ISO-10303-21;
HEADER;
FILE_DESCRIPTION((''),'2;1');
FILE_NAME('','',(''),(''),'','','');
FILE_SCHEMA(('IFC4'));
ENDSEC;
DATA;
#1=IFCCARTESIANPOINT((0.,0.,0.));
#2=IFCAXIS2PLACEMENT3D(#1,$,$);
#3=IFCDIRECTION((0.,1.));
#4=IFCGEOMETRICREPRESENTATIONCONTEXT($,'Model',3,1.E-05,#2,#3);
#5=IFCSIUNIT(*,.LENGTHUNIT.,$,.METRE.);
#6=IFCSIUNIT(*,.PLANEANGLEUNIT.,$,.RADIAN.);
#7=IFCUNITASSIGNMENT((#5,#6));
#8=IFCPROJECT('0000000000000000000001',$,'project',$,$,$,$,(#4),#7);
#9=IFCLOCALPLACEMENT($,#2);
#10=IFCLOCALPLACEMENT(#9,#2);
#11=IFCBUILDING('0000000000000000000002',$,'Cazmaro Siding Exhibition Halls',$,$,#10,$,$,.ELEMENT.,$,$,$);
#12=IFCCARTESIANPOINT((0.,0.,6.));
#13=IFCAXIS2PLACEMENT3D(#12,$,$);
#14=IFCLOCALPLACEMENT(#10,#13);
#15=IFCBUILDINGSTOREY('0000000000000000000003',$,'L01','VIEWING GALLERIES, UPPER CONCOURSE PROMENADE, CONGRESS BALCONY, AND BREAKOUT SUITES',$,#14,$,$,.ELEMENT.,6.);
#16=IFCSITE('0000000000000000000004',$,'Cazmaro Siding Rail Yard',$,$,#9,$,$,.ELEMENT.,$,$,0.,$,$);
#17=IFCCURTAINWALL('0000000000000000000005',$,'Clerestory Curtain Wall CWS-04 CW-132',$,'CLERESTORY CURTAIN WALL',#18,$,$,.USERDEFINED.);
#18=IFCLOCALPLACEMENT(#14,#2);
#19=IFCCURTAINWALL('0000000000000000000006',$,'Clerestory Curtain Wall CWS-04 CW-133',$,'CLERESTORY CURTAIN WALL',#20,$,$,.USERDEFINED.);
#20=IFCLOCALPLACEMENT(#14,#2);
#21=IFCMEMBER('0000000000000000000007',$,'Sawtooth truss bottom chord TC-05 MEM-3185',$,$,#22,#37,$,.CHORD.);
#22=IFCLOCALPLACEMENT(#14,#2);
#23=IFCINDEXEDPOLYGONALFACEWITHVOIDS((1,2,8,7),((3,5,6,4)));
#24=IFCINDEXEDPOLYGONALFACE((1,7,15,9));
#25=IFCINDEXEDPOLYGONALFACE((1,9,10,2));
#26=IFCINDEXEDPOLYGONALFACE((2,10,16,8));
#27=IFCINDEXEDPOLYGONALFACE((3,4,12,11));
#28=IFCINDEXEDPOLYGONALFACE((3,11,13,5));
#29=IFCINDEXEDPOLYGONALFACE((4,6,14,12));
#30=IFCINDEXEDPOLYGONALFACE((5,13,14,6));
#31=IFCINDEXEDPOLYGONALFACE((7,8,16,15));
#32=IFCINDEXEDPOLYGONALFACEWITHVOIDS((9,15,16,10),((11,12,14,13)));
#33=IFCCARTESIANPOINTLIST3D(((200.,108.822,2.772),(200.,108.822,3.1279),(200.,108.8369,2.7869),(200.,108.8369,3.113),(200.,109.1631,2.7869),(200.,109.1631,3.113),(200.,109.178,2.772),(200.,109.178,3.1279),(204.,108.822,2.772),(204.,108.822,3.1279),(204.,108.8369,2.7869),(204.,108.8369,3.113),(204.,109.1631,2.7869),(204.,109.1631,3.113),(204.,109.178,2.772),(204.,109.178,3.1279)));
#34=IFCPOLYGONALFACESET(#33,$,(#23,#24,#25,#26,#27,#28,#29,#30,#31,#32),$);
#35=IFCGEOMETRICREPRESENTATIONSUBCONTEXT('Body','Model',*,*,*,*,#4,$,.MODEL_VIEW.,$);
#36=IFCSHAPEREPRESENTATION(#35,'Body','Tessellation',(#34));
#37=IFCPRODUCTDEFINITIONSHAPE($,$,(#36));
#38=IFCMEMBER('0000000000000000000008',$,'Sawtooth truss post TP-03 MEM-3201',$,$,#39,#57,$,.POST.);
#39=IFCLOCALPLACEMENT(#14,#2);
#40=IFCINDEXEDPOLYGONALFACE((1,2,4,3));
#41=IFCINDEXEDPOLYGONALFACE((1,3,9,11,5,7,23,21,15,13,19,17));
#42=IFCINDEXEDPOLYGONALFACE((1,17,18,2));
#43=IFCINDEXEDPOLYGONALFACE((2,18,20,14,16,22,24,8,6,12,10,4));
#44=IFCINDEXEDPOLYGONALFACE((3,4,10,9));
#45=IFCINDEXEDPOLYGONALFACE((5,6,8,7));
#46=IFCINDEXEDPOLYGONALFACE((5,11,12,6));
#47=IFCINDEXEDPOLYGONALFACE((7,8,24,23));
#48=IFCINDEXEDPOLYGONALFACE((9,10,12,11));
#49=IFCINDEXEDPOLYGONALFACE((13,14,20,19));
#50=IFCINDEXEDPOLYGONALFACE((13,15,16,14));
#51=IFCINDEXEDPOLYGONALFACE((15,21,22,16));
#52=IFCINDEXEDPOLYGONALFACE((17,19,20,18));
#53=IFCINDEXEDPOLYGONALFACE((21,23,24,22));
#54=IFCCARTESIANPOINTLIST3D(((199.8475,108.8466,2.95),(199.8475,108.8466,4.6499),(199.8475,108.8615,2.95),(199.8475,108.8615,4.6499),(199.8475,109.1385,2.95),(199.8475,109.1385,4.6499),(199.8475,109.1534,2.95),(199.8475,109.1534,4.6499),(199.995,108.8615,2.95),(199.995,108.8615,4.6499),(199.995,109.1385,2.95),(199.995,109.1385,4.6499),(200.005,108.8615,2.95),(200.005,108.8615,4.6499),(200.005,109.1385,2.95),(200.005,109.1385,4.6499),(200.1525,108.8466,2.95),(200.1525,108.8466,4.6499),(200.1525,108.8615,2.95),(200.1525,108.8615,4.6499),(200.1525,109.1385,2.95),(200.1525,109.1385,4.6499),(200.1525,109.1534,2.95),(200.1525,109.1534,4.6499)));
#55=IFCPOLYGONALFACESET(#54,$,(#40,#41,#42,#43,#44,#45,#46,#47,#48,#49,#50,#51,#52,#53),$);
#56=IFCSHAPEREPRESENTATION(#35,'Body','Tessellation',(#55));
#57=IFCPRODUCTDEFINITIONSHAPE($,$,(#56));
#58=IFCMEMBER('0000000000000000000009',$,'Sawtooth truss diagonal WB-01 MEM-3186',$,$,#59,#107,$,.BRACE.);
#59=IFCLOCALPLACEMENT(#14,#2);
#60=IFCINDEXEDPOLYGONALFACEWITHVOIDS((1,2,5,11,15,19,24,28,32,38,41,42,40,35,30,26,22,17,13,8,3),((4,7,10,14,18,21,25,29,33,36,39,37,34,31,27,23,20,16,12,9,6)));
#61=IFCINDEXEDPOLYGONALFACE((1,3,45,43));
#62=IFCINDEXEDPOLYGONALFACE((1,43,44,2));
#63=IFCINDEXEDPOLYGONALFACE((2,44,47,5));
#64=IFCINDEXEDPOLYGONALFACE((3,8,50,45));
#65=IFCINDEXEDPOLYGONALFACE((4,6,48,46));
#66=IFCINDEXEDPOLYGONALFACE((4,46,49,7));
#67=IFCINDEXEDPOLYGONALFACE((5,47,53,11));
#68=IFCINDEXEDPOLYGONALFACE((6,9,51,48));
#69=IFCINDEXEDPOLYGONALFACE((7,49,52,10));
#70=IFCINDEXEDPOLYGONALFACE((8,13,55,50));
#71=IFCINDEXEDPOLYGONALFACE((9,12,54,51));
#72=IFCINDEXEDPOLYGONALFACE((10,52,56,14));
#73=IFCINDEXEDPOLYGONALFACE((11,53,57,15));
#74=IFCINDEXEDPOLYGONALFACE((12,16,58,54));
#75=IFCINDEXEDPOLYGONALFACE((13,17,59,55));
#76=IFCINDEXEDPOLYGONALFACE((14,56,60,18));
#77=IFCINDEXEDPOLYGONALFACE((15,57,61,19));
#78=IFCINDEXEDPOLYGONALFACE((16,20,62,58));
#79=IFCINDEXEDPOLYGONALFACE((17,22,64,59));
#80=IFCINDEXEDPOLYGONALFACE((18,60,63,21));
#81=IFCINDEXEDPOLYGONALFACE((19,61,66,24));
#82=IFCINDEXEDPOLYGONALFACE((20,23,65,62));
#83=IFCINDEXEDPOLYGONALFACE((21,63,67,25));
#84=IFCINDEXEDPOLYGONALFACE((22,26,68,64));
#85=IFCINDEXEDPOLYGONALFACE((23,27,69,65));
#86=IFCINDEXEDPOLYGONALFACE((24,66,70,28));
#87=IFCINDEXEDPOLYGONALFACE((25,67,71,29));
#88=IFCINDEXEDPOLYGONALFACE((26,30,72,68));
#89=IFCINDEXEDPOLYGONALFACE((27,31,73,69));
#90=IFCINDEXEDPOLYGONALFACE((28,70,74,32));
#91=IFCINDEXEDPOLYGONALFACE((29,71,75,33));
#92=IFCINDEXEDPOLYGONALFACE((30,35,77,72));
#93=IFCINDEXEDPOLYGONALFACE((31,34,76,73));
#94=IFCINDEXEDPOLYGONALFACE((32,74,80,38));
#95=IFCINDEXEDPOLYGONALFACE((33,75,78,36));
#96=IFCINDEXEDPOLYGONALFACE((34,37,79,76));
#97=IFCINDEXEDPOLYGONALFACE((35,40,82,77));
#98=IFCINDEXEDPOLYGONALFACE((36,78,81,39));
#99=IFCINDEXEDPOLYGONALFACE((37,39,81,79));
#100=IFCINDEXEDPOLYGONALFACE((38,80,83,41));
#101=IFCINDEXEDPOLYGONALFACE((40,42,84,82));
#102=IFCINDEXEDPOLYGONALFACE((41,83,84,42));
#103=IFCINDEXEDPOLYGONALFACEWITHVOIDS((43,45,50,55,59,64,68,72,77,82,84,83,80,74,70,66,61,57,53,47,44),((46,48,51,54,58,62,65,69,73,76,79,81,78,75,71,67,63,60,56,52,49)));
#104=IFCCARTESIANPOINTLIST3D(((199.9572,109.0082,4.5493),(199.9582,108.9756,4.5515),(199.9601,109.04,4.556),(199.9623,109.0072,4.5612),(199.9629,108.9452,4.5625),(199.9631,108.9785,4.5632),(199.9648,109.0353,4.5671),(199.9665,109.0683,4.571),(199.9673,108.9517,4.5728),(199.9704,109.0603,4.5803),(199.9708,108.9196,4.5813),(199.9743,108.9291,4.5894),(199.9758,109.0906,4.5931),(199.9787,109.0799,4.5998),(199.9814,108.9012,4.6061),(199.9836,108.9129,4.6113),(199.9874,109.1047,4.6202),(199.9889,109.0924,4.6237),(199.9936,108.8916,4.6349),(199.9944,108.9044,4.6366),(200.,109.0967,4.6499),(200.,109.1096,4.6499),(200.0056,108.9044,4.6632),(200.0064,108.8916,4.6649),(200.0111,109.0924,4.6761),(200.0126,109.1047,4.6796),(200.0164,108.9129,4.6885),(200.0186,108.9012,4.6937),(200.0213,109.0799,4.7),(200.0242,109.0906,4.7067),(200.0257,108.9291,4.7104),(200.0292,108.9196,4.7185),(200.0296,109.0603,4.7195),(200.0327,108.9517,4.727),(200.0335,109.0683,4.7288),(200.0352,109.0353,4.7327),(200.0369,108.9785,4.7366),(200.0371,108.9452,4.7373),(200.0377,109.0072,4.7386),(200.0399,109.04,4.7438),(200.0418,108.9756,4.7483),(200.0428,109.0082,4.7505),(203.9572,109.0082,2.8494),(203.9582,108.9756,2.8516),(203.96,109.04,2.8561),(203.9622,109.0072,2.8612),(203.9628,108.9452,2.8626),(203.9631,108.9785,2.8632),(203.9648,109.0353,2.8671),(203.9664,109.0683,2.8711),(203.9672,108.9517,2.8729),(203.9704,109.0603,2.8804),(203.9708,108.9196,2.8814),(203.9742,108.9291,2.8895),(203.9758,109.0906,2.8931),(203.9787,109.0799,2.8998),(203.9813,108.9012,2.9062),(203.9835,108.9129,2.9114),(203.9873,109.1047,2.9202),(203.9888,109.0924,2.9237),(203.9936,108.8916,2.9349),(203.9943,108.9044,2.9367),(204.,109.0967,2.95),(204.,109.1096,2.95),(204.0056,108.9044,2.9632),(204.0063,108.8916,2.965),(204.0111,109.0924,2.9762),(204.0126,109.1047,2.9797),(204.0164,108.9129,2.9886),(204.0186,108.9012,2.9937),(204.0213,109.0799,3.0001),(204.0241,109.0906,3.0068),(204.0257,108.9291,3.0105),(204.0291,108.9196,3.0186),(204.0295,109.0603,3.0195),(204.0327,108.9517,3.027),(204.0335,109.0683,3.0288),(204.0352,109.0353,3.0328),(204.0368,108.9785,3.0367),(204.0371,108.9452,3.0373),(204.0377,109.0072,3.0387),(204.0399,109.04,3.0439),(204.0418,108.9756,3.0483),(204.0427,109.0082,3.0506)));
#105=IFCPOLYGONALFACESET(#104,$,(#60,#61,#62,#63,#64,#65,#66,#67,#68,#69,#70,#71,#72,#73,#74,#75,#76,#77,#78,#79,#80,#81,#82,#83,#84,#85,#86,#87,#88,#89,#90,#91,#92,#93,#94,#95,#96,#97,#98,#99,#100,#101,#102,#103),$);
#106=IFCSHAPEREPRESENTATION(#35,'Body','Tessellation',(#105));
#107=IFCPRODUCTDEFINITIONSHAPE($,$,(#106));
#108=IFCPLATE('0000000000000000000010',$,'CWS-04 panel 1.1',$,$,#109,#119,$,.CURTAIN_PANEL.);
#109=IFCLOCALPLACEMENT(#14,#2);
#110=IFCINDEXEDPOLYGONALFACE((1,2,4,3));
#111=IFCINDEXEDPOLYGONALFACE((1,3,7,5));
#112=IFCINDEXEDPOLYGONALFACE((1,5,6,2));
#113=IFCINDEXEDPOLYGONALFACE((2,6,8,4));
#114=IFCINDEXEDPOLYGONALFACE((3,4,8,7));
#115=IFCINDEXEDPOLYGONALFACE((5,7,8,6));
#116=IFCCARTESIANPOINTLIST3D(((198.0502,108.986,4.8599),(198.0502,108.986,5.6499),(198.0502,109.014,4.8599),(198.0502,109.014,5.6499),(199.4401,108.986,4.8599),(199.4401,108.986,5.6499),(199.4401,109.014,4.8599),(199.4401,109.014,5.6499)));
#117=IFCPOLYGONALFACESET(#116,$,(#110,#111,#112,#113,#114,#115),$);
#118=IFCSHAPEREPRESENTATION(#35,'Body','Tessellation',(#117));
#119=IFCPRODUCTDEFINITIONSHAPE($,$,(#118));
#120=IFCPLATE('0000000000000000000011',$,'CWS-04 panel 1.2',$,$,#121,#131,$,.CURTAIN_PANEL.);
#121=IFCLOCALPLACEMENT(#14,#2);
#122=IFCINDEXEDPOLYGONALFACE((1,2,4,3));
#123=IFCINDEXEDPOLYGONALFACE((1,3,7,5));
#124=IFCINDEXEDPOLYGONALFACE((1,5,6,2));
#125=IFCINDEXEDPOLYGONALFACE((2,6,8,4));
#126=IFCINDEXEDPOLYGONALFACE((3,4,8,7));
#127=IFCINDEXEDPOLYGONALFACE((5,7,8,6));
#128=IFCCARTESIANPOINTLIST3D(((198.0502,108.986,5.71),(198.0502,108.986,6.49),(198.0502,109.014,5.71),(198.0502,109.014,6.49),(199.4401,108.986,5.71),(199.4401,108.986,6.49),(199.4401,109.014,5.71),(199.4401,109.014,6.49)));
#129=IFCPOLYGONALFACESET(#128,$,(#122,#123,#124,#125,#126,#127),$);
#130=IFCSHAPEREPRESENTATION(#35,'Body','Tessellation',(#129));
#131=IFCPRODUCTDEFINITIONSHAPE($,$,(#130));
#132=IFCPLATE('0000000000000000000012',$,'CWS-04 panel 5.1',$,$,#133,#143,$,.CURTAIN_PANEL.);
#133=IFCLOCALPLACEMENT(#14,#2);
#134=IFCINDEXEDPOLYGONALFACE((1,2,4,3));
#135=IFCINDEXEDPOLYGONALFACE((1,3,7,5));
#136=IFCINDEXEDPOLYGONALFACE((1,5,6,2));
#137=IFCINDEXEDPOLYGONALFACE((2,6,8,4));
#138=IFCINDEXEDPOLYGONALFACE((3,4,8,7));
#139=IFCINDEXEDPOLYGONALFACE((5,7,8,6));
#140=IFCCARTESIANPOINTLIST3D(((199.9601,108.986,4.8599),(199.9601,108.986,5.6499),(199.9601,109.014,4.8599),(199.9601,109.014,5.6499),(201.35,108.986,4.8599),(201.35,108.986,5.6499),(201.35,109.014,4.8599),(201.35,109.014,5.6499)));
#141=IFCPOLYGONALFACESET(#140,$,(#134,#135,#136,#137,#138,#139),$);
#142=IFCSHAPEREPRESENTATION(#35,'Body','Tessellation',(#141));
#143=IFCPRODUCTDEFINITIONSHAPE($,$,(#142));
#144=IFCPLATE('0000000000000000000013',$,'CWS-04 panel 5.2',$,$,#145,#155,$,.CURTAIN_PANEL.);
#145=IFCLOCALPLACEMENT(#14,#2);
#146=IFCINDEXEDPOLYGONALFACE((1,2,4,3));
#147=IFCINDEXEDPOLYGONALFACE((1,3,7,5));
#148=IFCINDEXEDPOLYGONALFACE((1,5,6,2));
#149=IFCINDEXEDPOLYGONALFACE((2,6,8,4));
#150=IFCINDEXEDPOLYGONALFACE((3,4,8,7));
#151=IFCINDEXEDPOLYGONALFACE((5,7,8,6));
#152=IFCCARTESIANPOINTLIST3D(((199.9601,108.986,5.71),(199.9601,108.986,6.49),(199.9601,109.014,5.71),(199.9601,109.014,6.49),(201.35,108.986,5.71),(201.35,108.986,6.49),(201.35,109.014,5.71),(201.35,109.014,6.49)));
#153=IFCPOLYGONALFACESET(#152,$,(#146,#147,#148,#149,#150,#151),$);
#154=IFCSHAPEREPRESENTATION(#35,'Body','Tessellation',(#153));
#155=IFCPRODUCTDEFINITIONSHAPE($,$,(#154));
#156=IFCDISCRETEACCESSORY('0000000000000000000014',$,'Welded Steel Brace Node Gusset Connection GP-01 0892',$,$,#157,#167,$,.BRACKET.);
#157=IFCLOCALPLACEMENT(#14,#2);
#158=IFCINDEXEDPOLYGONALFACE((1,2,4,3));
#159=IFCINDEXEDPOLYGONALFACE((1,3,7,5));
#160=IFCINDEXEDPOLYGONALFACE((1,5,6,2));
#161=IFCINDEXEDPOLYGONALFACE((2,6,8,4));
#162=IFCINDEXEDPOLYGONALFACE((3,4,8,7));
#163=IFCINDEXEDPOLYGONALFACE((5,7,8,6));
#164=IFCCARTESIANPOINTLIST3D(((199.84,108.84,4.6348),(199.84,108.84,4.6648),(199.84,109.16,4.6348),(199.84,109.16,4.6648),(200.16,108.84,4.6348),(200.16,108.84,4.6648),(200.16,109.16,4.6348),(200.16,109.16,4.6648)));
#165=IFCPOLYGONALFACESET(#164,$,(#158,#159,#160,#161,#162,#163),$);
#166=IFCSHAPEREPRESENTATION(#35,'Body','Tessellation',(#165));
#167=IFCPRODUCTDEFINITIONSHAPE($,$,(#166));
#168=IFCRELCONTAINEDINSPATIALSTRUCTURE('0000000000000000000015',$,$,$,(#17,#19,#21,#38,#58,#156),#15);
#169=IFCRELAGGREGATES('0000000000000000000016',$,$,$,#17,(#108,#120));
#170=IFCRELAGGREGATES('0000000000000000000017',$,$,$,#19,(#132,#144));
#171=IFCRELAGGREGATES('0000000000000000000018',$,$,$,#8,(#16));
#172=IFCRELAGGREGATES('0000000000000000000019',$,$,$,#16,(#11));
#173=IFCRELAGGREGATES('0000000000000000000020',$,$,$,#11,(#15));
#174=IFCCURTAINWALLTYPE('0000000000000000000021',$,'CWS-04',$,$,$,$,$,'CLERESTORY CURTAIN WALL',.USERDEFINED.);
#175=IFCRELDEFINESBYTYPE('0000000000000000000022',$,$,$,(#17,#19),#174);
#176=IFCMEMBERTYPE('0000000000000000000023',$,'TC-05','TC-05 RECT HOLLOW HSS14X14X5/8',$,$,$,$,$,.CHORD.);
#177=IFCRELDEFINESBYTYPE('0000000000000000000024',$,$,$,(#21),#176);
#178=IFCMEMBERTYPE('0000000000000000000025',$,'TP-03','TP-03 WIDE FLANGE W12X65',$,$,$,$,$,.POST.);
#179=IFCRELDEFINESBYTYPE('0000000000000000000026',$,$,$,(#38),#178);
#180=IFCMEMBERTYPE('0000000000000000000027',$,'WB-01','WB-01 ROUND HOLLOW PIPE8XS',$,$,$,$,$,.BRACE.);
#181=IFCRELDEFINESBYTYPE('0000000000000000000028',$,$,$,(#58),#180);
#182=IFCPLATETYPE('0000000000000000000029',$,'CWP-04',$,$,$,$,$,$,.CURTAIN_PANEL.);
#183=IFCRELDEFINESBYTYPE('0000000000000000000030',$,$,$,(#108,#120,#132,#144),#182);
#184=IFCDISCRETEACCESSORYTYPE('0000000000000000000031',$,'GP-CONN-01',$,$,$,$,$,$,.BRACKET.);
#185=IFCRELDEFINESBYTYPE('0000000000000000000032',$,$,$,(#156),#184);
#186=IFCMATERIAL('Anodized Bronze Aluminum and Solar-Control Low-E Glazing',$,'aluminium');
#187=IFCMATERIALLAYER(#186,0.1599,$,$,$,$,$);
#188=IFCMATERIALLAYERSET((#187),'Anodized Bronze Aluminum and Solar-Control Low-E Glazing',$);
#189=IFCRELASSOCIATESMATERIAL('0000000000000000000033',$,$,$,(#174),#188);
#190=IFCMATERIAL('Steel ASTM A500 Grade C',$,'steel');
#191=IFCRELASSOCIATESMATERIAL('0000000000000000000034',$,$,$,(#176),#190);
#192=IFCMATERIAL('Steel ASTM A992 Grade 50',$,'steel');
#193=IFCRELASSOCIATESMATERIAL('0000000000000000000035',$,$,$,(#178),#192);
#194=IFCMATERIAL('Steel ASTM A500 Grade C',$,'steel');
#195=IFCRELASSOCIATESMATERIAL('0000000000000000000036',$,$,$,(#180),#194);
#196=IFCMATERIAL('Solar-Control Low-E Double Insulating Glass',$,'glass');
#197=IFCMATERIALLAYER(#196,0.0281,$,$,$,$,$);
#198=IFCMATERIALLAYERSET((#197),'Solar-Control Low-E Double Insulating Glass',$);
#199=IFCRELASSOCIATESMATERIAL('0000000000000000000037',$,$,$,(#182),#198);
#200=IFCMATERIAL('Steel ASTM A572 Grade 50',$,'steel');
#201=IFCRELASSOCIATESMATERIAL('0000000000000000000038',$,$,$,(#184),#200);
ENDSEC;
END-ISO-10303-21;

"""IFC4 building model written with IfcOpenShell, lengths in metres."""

from ifc_helpers import new_model, si_unit, direction, frame, origin, origin_2d, place, context, subcontext, project, spatial, rectangle, hollow_rectangle, hollow_circle, i_section, extrude, material, layer, layer_set, material_profile, profile_set, type_object, element, aggregate, save


model = new_model("IFC4")

# Units and contexts
model_context = context("Model", 3, precision=1e-05, world=origin(), true_north=direction((0.0, 1.0)))
body_context = subcontext(model_context, "Body", "Model", "MODEL_VIEW")
ifc_project = project(units=[si_unit("LENGTHUNIT", "METRE"), si_unit("PLANEANGLEUNIT", "RADIAN")], contexts=[model_context])

# Site, building, storey
site_placement = place(None, origin())
site = spatial("IfcSite", under=ifc_project, at=site_placement, Name="Cazmaro Siding Rail Yard", CompositionType="ELEMENT", RefElevation=0.0)
building_placement = place(site_placement, origin())
building = spatial("IfcBuilding", under=site, at=building_placement, Name="Cazmaro Siding Exhibition Halls", CompositionType="ELEMENT")
storey_placement = place(building_placement, frame((0.0, 0.0, 6.0)))
storey = spatial("IfcBuildingStorey", under=building, at=storey_placement, Name="L01", Description="VIEWING GALLERIES, UPPER CONCOURSE PROMENADE, CONGRESS BALCONY, AND BREAKOUT SUITES", CompositionType="ELEMENT", Elevation=6.0)

# Curtain walls
ifc_material_1 = material(Name="Anodized Bronze Aluminum and Solar-Control Low-E Glazing", Category="aluminium")
ifc_layer_1 = layer(ifc_material_1, 0.1599)
ifc_layer_set_1 = layer_set([ifc_layer_1], Name="Anodized Bronze Aluminum and Solar-Control Low-E Glazing")
curtain_wall_type = type_object("IfcCurtainWallType", Name="CWS-04", ElementType="CLERESTORY CURTAIN WALL", PredefinedType="USERDEFINED", material=ifc_layer_set_1)
curtain_wall_1_placement = place(storey_placement, origin())
curtain_wall_1 = element("IfcCurtainWall", 1, at=curtain_wall_1_placement, inside=storey, type_object=curtain_wall_type, Name="Clerestory Curtain Wall CWS-04 CW-132", ObjectType="CLERESTORY CURTAIN WALL", PredefinedType="USERDEFINED")
curtain_wall_2_placement = place(storey_placement, origin())
curtain_wall_2 = element("IfcCurtainWall", 2, at=curtain_wall_2_placement, inside=storey, type_object=curtain_wall_type, Name="Clerestory Curtain Wall CWS-04 CW-133", ObjectType="CLERESTORY CURTAIN WALL", PredefinedType="USERDEFINED")

# Members
ifc_material_2 = material(Name="Steel ASTM A500 Grade C", Category="steel")
ifc_material_profile_1 = material_profile(ifc_material_2, hollow_rectangle(XDim=0.356, YDim=0.356, WallThickness=0.0149, at=origin_2d()), Name="HSS14X14X5/8")
ifc_profile_set_1 = profile_set([ifc_material_profile_1], Name="Steel ASTM A500 Grade C")
member_type_1 = type_object("IfcMemberType", Name="TC-05", Description="TC-05 RECT HOLLOW HSS14X14X5/8", PredefinedType="CHORD", material=ifc_profile_set_1)
member_1_placement = place(storey_placement, frame((200.0, 109.0, 2.95), z_axis=(1.0, 0.0, 0.0), x_axis=(0.0, 1.0, 0.0)))
element("IfcMember", 3, at=member_1_placement, inside=storey, type_object=member_type_1, Name="Sawtooth truss bottom chord TC-05 MEM-3185", PredefinedType="CHORD", context=body_context, shape_type="SweptSolid", body=[
    extrude(hollow_rectangle(XDim=0.356, YDim=0.356, WallThickness=0.0149, at=origin_2d()), origin(), (0.0, 0.0, 1.0), 4.0),
])
ifc_material_3 = material(Name="Steel ASTM A992 Grade 50", Category="steel")
ifc_material_profile_2 = material_profile(ifc_material_3, i_section(OverallWidth=0.3049, OverallDepth=0.3069, WebThickness=0.01, FlangeThickness=0.0149, at=origin_2d()), Name="W12X65")
ifc_profile_set_2 = profile_set([ifc_material_profile_2], Name="Steel ASTM A992 Grade 50")
member_type_2 = type_object("IfcMemberType", Name="TP-03", Description="TP-03 WIDE FLANGE W12X65", PredefinedType="POST", material=ifc_profile_set_2)
member_2_placement = place(storey_placement, frame((200.0, 109.0, 2.95), z_axis=(0.0, 0.0, 1.0), x_axis=(1.0, 0.0, 0.0)))
element("IfcMember", 4, at=member_2_placement, inside=storey, type_object=member_type_2, Name="Sawtooth truss post TP-03 MEM-3201", PredefinedType="POST", context=body_context, shape_type="SweptSolid", body=[
    extrude(i_section(OverallWidth=0.3049, OverallDepth=0.3069, WebThickness=0.01, FlangeThickness=0.0149, at=origin_2d()), origin(), (0.0, 0.0, 1.0), 1.7),
])
ifc_material_4 = material(Name="Steel ASTM A500 Grade C", Category="steel")
ifc_material_profile_3 = material_profile(ifc_material_4, hollow_circle(Radius=0.1096, WallThickness=0.0129, at=origin_2d()), Name="PIPE8XS")
ifc_profile_set_3 = profile_set([ifc_material_profile_3], Name="Steel ASTM A500 Grade C")
member_type_3 = type_object("IfcMemberType", Name="WB-01", Description="WB-01 ROUND HOLLOW PIPE8XS", PredefinedType="BRACE", material=ifc_profile_set_3)
member_3_placement = place(storey_placement, frame((200.0, 109.0, 4.6499), z_axis=(0.920335, 0.0, -0.391131), x_axis=(0.0, 1.0, 0.0)))
element("IfcMember", 5, at=member_3_placement, inside=storey, type_object=member_type_3, Name="Sawtooth truss diagonal WB-01 MEM-3186", PredefinedType="BRACE", context=body_context, shape_type="SweptSolid", body=[
    extrude(hollow_circle(Radius=0.1096, WallThickness=0.0129, at=origin_2d()), origin(), (0.0, 0.0, 1.0), 4.3462),
])

# Plates
ifc_material_5 = material(Name="Solar-Control Low-E Double Insulating Glass", Category="glass")
ifc_layer_2 = layer(ifc_material_5, 0.0281)
ifc_layer_set_2 = layer_set([ifc_layer_2], Name="Solar-Control Low-E Double Insulating Glass")
plate_type = type_object("IfcPlateType", Name="CWP-04", PredefinedType="CURTAIN_PANEL", material=ifc_layer_set_2)
plate_1_placement = place(storey_placement, frame((198.7451, 109.0, 4.8599), z_axis=(0.0, 0.0, 1.0), x_axis=(-1.0, 0.0, 0.0)))
plate_1 = element("IfcPlate", 6, at=plate_1_placement, type_object=plate_type, Name="CWS-04 panel 1.1", PredefinedType="CURTAIN_PANEL", context=body_context, shape_type="SweptSolid", body=[
    extrude(rectangle(XDim=1.3899, YDim=0.0281, at=origin_2d()), origin(), (0.0, 0.0, 1.0), 0.79),
])
plate_2_placement = place(storey_placement, frame((198.7451, 109.0, 5.71), z_axis=(0.0, 0.0, 1.0), x_axis=(-1.0, 0.0, 0.0)))
plate_2 = element("IfcPlate", 7, at=plate_2_placement, type_object=plate_type, Name="CWS-04 panel 1.2", PredefinedType="CURTAIN_PANEL", context=body_context, shape_type="SweptSolid", body=[
    extrude(rectangle(XDim=1.3899, YDim=0.0281, at=origin_2d()), origin(), (0.0, 0.0, 1.0), 0.78),
])
aggregate(curtain_wall_1, [plate_1, plate_2])
plate_3_placement = place(storey_placement, frame((200.655, 109.0, 4.8599), z_axis=(0.0, 0.0, 1.0), x_axis=(-1.0, 0.0, 0.0)))
plate_3 = element("IfcPlate", 8, at=plate_3_placement, type_object=plate_type, Name="CWS-04 panel 5.1", PredefinedType="CURTAIN_PANEL", context=body_context, shape_type="SweptSolid", body=[
    extrude(rectangle(XDim=1.3899, YDim=0.0281, at=origin_2d()), origin(), (0.0, 0.0, 1.0), 0.79),
])
plate_4_placement = place(storey_placement, frame((200.655, 109.0, 5.71), z_axis=(0.0, 0.0, 1.0), x_axis=(-1.0, 0.0, 0.0)))
plate_4 = element("IfcPlate", 9, at=plate_4_placement, type_object=plate_type, Name="CWS-04 panel 5.2", PredefinedType="CURTAIN_PANEL", context=body_context, shape_type="SweptSolid", body=[
    extrude(rectangle(XDim=1.3899, YDim=0.0281, at=origin_2d()), origin(), (0.0, 0.0, 1.0), 0.78),
])
aggregate(curtain_wall_2, [plate_3, plate_4])

# Discrete accessory
ifc_material_6 = material(Name="Steel ASTM A572 Grade 50", Category="steel")
discrete_accessory_type = type_object("IfcDiscreteAccessoryType", Name="GP-CONN-01", PredefinedType="BRACKET", material=ifc_material_6)
discrete_accessory_placement = place(storey_placement, frame((200.0, 109.0, 4.6348), z_axis=(0.0, 0.0, 1.0), x_axis=(1.0, 0.0, 0.0)))
element("IfcDiscreteAccessory", 10, at=discrete_accessory_placement, inside=storey, type_object=discrete_accessory_type, Name="Welded Steel Brace Node Gusset Connection GP-01 0892", PredefinedType="BRACKET", context=body_context, shape_type="SweptSolid", body=[
    extrude(rectangle(XDim=0.3201, YDim=0.3201, at=origin_2d()), origin(), (0.0, 0.0, 1.0), 0.03),
])

save(model, "model.ifc")
